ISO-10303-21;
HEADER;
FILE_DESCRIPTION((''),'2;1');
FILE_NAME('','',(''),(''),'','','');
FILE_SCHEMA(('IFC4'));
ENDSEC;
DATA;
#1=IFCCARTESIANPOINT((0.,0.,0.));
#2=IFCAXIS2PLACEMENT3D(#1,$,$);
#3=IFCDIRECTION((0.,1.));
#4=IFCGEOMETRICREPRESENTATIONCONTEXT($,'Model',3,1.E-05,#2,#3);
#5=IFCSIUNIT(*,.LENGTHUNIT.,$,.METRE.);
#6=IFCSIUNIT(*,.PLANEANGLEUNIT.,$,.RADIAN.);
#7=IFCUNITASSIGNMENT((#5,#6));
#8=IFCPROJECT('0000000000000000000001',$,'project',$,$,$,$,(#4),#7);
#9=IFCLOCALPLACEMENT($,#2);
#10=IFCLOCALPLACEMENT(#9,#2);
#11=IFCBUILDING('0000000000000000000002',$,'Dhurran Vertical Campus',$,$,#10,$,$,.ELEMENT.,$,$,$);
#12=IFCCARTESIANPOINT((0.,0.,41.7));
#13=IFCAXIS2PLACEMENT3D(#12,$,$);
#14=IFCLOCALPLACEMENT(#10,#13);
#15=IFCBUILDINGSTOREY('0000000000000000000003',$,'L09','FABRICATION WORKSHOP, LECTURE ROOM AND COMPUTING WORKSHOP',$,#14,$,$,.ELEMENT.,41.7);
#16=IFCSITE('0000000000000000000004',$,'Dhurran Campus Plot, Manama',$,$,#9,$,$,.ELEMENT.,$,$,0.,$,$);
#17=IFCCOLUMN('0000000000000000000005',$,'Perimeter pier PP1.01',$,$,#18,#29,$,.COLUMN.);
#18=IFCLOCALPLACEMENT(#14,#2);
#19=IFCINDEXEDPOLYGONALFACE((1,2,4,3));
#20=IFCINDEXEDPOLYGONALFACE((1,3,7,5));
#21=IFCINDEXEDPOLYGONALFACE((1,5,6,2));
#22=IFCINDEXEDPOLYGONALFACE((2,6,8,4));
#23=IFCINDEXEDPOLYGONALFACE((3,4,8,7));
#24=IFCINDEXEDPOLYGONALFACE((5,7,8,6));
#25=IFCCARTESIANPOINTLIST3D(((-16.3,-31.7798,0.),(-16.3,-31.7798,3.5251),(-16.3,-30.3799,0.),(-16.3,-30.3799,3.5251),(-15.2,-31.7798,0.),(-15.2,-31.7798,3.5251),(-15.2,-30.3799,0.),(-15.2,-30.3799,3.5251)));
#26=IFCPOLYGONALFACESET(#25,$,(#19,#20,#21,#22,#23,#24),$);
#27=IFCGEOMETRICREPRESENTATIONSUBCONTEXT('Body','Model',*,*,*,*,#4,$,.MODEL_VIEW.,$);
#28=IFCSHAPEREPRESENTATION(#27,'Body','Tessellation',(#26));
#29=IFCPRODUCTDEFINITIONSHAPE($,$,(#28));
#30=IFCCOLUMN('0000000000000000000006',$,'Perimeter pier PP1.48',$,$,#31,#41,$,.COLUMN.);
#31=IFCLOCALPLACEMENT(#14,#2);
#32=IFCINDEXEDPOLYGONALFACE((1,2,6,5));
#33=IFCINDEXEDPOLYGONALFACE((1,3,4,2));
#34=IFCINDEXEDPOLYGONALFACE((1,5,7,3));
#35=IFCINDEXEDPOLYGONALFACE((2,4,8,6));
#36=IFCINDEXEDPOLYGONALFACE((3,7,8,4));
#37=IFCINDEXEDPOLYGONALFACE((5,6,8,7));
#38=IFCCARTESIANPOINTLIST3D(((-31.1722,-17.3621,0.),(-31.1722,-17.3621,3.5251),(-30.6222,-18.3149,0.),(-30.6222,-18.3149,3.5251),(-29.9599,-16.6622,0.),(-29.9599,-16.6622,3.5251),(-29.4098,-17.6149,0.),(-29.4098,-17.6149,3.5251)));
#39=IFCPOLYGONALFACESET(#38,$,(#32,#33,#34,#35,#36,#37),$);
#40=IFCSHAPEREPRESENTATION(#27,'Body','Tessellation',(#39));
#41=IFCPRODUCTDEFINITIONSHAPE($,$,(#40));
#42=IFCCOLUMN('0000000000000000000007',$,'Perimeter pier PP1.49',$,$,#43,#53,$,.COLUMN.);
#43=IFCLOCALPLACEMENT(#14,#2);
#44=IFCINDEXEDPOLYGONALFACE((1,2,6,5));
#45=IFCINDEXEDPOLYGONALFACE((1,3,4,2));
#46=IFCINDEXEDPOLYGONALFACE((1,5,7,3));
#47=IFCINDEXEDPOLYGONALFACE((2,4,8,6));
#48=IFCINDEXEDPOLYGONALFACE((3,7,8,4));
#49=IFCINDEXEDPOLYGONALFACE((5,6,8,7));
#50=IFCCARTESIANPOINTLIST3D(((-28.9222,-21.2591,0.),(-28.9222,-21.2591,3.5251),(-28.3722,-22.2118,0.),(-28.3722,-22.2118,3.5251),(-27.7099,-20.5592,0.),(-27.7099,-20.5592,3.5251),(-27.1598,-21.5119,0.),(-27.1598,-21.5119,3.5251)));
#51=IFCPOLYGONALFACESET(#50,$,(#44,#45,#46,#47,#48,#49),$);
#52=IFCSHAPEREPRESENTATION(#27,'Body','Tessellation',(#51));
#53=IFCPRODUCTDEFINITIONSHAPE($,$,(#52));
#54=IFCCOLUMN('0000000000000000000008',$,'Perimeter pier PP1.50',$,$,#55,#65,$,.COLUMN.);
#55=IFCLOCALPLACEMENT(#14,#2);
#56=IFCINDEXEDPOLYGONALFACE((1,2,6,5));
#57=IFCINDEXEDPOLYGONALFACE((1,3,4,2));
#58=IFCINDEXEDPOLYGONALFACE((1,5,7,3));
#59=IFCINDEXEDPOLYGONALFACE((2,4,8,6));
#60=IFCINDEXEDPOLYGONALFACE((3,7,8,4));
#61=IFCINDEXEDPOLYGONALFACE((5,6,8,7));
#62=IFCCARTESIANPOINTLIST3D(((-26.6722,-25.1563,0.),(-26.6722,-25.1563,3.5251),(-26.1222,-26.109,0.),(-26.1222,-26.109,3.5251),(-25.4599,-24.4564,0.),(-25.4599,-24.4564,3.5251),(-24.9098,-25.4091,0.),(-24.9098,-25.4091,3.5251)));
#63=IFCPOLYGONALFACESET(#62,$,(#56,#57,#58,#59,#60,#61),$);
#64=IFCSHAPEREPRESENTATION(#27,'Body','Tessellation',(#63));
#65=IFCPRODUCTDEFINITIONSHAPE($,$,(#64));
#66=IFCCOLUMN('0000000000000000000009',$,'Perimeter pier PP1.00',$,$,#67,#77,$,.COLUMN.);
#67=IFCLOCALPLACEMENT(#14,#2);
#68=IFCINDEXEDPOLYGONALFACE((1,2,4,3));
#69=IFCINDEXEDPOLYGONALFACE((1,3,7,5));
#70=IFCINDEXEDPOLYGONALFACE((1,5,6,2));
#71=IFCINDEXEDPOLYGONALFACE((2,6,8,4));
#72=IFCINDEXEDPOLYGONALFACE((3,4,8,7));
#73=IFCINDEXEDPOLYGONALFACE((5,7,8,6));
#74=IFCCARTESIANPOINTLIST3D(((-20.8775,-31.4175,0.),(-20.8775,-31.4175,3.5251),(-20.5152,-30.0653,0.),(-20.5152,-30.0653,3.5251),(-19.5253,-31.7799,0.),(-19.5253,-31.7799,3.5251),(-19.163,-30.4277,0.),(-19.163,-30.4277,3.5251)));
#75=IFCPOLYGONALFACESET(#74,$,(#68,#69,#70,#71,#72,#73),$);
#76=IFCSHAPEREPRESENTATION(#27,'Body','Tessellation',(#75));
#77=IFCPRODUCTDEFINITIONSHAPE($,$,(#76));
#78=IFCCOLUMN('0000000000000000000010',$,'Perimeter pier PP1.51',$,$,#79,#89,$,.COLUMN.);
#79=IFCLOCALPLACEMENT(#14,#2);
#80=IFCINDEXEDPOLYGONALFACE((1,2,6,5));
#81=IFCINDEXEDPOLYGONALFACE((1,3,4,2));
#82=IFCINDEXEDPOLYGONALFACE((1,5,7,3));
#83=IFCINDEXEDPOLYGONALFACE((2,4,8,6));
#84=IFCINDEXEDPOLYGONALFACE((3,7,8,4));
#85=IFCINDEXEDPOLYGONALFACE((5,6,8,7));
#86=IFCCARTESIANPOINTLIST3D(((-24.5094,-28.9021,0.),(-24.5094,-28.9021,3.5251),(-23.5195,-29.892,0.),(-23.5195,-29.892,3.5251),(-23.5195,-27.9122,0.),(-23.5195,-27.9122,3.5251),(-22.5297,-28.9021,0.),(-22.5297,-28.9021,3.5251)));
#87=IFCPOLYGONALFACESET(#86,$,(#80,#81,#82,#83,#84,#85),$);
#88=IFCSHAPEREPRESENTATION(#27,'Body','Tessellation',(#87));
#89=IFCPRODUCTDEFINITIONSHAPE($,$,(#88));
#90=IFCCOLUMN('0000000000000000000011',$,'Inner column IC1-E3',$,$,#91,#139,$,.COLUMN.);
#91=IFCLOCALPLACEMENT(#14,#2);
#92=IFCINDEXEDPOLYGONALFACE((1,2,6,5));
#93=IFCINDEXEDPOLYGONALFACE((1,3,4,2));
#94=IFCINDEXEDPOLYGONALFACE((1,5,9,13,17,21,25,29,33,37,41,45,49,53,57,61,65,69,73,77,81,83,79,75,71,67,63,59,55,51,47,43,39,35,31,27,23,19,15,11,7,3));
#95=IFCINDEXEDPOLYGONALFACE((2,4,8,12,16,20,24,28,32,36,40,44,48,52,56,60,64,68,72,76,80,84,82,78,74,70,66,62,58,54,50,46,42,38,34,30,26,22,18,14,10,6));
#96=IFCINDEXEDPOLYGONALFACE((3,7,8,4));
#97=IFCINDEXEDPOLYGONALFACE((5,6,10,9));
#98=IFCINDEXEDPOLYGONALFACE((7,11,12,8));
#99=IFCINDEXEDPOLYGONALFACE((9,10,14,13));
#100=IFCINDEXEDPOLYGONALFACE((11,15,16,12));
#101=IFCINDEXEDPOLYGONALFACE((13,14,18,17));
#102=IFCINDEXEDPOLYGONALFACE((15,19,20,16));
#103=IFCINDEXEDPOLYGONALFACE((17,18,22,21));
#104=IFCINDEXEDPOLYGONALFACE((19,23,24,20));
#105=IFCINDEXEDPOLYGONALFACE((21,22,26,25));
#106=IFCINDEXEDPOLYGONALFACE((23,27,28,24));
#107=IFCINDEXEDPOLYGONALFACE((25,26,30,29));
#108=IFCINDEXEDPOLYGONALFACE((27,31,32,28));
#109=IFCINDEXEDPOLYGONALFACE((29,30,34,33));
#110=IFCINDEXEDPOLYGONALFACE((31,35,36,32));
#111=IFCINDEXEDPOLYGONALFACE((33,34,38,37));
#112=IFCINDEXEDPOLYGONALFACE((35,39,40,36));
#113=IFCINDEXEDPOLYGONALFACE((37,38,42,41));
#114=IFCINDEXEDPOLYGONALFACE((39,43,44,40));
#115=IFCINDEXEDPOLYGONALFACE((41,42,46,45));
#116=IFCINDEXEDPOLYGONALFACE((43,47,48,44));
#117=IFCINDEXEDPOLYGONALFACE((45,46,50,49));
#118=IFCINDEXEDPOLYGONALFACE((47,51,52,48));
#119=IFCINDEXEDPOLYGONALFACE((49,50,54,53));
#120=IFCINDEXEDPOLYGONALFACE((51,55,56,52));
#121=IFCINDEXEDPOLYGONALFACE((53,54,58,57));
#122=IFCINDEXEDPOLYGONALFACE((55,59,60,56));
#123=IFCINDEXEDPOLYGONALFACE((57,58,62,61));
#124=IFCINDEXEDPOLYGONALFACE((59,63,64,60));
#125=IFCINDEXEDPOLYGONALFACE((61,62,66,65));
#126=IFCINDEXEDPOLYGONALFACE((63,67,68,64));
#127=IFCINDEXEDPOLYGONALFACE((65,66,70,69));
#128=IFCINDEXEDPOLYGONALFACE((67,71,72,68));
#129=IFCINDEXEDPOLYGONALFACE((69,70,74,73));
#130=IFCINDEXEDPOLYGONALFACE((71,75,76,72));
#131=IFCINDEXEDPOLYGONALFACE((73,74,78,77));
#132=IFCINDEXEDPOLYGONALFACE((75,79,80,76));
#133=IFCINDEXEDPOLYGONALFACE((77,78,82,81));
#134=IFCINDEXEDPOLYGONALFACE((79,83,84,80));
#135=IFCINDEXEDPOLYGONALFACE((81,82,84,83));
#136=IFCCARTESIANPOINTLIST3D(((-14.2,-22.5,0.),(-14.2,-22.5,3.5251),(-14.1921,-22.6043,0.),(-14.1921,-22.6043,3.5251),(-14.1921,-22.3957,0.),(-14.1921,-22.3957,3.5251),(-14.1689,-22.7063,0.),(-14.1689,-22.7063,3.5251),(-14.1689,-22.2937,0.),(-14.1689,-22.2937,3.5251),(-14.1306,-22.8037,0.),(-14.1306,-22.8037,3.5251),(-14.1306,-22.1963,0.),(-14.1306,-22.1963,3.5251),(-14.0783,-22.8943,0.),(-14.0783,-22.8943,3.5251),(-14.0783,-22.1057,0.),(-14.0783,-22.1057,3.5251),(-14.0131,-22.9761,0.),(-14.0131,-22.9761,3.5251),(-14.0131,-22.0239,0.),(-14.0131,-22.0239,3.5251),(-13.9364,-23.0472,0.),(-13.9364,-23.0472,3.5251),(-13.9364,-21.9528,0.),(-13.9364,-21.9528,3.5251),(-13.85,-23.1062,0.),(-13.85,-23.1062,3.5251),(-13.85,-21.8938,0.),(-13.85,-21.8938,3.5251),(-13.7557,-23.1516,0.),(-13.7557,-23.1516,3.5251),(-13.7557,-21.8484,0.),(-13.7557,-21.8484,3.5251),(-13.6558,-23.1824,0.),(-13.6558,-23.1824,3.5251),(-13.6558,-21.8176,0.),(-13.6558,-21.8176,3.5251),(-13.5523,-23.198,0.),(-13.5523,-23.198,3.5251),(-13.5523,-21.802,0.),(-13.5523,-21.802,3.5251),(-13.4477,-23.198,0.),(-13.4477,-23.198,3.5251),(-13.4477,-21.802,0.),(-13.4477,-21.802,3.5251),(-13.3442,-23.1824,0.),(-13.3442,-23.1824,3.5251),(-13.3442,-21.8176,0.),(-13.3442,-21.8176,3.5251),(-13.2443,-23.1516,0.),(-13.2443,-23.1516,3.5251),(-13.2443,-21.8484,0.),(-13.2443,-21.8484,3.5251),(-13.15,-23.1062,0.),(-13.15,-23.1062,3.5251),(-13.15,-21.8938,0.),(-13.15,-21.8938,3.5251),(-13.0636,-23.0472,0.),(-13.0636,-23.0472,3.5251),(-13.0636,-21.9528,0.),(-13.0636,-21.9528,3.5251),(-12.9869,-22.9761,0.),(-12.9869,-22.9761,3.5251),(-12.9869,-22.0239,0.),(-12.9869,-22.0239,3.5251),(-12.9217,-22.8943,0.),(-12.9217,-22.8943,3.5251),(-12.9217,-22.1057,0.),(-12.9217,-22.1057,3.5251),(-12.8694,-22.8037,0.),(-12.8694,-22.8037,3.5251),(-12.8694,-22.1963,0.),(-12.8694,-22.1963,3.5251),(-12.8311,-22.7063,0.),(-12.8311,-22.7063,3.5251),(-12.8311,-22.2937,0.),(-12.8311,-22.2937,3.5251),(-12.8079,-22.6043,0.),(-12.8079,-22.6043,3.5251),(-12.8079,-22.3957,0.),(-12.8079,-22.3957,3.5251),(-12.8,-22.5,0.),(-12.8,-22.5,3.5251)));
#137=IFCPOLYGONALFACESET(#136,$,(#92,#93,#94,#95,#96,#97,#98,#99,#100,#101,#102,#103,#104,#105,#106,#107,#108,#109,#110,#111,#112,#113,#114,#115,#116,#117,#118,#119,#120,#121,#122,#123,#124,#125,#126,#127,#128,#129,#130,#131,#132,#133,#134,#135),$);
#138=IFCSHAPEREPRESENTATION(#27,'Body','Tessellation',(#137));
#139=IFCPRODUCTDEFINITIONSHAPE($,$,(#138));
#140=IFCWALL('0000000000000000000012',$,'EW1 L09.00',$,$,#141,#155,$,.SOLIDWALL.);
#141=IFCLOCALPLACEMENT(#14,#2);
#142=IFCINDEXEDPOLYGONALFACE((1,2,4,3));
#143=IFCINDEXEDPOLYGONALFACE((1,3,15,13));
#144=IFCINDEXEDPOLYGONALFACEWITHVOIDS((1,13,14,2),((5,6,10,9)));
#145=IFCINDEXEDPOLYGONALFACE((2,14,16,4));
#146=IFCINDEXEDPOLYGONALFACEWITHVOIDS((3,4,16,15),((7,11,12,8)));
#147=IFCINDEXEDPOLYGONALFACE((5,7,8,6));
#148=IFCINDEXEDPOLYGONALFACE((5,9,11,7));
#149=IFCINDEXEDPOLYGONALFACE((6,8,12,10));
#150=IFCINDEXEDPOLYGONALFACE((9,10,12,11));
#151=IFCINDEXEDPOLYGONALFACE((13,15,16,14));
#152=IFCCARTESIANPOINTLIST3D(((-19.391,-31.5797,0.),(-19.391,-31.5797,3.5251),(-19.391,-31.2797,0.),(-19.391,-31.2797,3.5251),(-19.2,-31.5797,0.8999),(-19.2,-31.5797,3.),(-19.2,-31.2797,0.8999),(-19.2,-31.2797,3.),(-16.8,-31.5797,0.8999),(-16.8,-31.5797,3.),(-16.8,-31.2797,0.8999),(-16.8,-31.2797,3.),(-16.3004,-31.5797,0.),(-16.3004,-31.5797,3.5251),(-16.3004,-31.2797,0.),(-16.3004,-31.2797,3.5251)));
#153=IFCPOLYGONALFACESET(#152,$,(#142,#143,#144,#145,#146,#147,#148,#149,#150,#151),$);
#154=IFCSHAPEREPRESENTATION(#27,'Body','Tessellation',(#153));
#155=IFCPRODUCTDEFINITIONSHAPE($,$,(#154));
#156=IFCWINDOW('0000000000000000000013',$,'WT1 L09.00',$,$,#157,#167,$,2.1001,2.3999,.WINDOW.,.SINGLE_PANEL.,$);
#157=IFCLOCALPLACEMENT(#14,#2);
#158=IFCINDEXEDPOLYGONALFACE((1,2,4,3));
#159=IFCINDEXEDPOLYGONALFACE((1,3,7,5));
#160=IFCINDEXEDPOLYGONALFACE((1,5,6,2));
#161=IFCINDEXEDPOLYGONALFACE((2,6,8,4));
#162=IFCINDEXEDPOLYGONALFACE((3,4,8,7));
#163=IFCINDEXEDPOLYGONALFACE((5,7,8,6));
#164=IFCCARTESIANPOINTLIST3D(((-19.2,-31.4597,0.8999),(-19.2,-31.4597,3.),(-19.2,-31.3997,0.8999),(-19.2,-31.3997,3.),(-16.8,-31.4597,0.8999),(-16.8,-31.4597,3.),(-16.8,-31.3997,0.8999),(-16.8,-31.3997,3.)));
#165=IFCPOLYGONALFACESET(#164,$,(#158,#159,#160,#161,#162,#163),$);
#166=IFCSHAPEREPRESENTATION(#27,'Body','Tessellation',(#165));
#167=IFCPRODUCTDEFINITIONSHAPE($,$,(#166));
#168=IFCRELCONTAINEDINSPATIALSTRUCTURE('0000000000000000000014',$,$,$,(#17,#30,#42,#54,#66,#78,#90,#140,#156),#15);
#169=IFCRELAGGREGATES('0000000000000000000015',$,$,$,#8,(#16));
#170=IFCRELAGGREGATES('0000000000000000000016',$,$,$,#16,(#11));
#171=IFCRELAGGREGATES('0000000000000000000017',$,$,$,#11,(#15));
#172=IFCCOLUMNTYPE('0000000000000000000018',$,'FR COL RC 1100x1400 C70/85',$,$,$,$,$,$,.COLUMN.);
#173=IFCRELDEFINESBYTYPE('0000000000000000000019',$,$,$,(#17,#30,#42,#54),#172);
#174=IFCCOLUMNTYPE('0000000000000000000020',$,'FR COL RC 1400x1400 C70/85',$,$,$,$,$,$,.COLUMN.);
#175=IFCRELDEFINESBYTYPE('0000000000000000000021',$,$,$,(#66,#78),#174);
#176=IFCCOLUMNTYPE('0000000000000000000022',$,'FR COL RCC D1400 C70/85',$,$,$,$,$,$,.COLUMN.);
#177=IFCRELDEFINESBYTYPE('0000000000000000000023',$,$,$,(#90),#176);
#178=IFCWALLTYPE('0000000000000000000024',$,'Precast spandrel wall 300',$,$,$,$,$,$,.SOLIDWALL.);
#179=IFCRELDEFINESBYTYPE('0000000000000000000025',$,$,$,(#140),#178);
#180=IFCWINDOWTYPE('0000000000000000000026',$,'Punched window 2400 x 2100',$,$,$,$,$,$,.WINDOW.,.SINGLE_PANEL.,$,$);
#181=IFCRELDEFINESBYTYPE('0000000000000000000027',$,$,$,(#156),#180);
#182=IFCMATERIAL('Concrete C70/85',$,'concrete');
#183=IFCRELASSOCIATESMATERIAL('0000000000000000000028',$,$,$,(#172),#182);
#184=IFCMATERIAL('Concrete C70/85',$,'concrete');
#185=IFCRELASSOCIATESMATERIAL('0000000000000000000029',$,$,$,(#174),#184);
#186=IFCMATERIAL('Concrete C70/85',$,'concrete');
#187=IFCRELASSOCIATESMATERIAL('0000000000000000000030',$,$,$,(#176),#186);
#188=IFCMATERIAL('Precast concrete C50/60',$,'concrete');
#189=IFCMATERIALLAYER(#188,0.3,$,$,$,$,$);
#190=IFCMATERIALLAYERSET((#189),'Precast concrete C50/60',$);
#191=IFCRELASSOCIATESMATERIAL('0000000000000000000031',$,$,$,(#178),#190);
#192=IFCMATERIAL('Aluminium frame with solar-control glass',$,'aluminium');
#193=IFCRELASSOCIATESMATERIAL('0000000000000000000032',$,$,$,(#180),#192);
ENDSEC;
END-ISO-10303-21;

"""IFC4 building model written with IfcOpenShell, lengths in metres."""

from ifc_helpers import new_model, si_unit, direction, frame, frame_2d, origin, origin_2d, place, context, subcontext, project, spatial, rectangle, circle, extrude, material, layer, layer_set, material_profile, profile_set, type_object, element, fill, save


model = new_model("IFC4")

# Units and contexts
model_context = context("Model", 3, precision=1e-05, world=origin(), true_north=direction((0.0, 1.0)))
body_context = subcontext(model_context, "Body", "Model", "MODEL_VIEW")
ifc_project = project(units=[si_unit("LENGTHUNIT", "METRE"), si_unit("PLANEANGLEUNIT", "RADIAN")], contexts=[model_context])

# Site, building, storey
site_placement = place(None, origin())
site = spatial("IfcSite", under=ifc_project, at=site_placement, Name="Dhurran Campus Plot, Manama", CompositionType="ELEMENT", RefElevation=0.0)
building_placement = place(site_placement, origin())
building = spatial("IfcBuilding", under=site, at=building_placement, Name="Dhurran Vertical Campus", CompositionType="ELEMENT")
storey_placement = place(building_placement, frame((0.0, 0.0, 41.7)))
storey = spatial("IfcBuildingStorey", under=building, at=storey_placement, Name="L09", Description="FABRICATION WORKSHOP, LECTURE ROOM AND COMPUTING WORKSHOP", CompositionType="ELEMENT", Elevation=41.7)

# Columns
ifc_material_1 = material(Name="Concrete C70/85", Category="concrete")
ifc_material_profile_1 = material_profile(ifc_material_1, rectangle(XDim=1.1001, YDim=1.3999, at=origin_2d()), Name="RC 1100x1400")
ifc_profile_set_1 = profile_set([ifc_material_profile_1], Name="Concrete C70/85")
column_type_1 = type_object("IfcColumnType", Name="FR COL RC 1100x1400 C70/85", PredefinedType="COLUMN", material=ifc_profile_set_1)
for number, where, z_axis, x_axis, name in (
    (1, (-15.75, -31.0798, 0.0), (0.0, 0.0, 1.0), (1.0, 0.0, 0.0), "Perimeter pier PP1.01"),
    (2, (-30.291, -17.4885, 0.0), (0.0, 0.0, 1.0), (0.5, -0.866025, 0.0), "Perimeter pier PP1.48"),
    (3, (-28.041, -21.3855, 0.0), (0.0, 0.0, 1.0), (0.5, -0.866025, 0.0), "Perimeter pier PP1.49"),
    (4, (-25.791, -25.2827, 0.0), (0.0, 0.0, 1.0), (0.5, -0.866025, 0.0), "Perimeter pier PP1.50"),
):
    element("IfcColumn", number, at=place(storey_placement, frame(where, z_axis=z_axis, x_axis=x_axis)), inside=storey, type_object=column_type_1, Name=name, PredefinedType="COLUMN", context=body_context, shape_type="SweptSolid", body=[
        extrude(rectangle(XDim=1.1001, YDim=1.3999, at=origin_2d()), origin(), (0.0, 0.0, 1.0), 3.5251),
    ])
ifc_material_2 = material(Name="Concrete C70/85", Category="concrete")
ifc_material_profile_2 = material_profile(ifc_material_2, rectangle(XDim=1.3999, YDim=1.3999, at=origin_2d()), Name="RC 1400x1400")
ifc_profile_set_2 = profile_set([ifc_material_profile_2], Name="Concrete C70/85")
column_type_2 = type_object("IfcColumnType", Name="FR COL RC 1400x1400 C70/85", PredefinedType="COLUMN", material=ifc_profile_set_2)
for number, where, z_axis, x_axis, name in (
    (5, (-20.0203, -30.9226, 0.0), (0.0, 0.0, 1.0), (0.965926, -0.258819, 0.0), "Perimeter pier PP1.00"),
    (6, (-23.5195, -28.9021, 0.0), (0.0, 0.0, 1.0), (0.707107, -0.707107, 0.0), "Perimeter pier PP1.51"),
):
    element("IfcColumn", number, at=place(storey_placement, frame(where, z_axis=z_axis, x_axis=x_axis)), inside=storey, type_object=column_type_2, Name=name, PredefinedType="COLUMN", context=body_context, shape_type="SweptSolid", body=[
        extrude(rectangle(XDim=1.3999, YDim=1.3999, at=origin_2d()), origin(), (0.0, 0.0, 1.0), 3.5251),
    ])
ifc_material_3 = material(Name="Concrete C70/85", Category="concrete")
ifc_material_profile_3 = material_profile(ifc_material_3, circle(Radius=0.7, at=origin_2d()), Name="RCC D1400")
ifc_profile_set_3 = profile_set([ifc_material_profile_3], Name="Concrete C70/85")
column_type_3 = type_object("IfcColumnType", Name="FR COL RCC D1400 C70/85", PredefinedType="COLUMN", material=ifc_profile_set_3)
column_placement = place(storey_placement, frame((-13.5, -22.5, 0.0), z_axis=(0.0, 0.0, 1.0), x_axis=(1.0, 0.0, 0.0)))
element("IfcColumn", 7, at=column_placement, inside=storey, type_object=column_type_3, Name="Inner column IC1-E3", PredefinedType="COLUMN", context=body_context, shape_type="SweptSolid", body=[
    extrude(circle(Radius=0.7, at=origin_2d()), origin(), (0.0, 0.0, 1.0), 3.5251),
])

# Wall, opening, window
ifc_material_4 = material(Name="Precast concrete C50/60", Category="concrete")
ifc_layer_1 = layer(ifc_material_4, 0.3)
ifc_layer_set_1 = layer_set([ifc_layer_1], Name="Precast concrete C50/60")
wall_type_1 = type_object("IfcWallType", Name="Precast spandrel wall 300", PredefinedType="SOLIDWALL", material=ifc_layer_set_1)
wall_1_placement = place(storey_placement, frame((-19.3911, -31.4297, 0.0), z_axis=(0.0, 0.0, 1.0), x_axis=(1.0, 0.0, 0.0)))
wall_1 = element("IfcWall", 8, at=wall_1_placement, inside=storey, type_object=wall_type_1, Name="EW1 L09.00", PredefinedType="SOLIDWALL", context=body_context, shape_type="SweptSolid", body=[
    extrude(rectangle(XDim=3.0906, YDim=0.3, at=frame_2d((1.5454, 0.0))), origin(), (0.0, 0.0, 1.0), 3.5251),
])
opening_1_placement = place(wall_1_placement, frame((0.1912, 0.0, 0.8999)))
opening_1 = element("IfcOpeningElement", 9, at=opening_1_placement, cuts=wall_1, PredefinedType="OPENING", context=body_context, shape_type="SweptSolid", body=[
    extrude(rectangle(XDim=2.3999, YDim=2.1001, at=frame_2d((1.2, 1.05))), frame((0.0, 0.1599, 0.0), z_axis=(0.0, -1.0, 0.0), x_axis=(1.0, 0.0, 0.0)), (0.0, 0.0, 1.0), 0.3201),
])
ifc_material_5 = material(Name="Aluminium frame with solar-control glass", Category="aluminium")
window_type = type_object("IfcWindowType", Name="Punched window 2400 x 2100", PartitioningType="SINGLE_PANEL", PredefinedType="WINDOW", material=ifc_material_5)
window_1_placement = place(opening_1_placement, origin())
window_1 = element("IfcWindow", 10, at=window_1_placement, inside=storey, type_object=window_type, Name="WT1 L09.00", OverallHeight=2.1001, OverallWidth=2.3999, PartitioningType="SINGLE_PANEL", PredefinedType="WINDOW", context=body_context, shape_type="SweptSolid", body=[
    extrude(rectangle(XDim=2.3999, YDim=2.1001, at=frame_2d((1.2, 1.05))), frame((0.0, 0.03, 0.0), z_axis=(0.0, -1.0, 0.0), x_axis=(1.0, 0.0, 0.0)), (0.0, 0.0, 1.0), 0.0601),
])
fill(opening_1, window_1)

save(model, "model.ifc")
